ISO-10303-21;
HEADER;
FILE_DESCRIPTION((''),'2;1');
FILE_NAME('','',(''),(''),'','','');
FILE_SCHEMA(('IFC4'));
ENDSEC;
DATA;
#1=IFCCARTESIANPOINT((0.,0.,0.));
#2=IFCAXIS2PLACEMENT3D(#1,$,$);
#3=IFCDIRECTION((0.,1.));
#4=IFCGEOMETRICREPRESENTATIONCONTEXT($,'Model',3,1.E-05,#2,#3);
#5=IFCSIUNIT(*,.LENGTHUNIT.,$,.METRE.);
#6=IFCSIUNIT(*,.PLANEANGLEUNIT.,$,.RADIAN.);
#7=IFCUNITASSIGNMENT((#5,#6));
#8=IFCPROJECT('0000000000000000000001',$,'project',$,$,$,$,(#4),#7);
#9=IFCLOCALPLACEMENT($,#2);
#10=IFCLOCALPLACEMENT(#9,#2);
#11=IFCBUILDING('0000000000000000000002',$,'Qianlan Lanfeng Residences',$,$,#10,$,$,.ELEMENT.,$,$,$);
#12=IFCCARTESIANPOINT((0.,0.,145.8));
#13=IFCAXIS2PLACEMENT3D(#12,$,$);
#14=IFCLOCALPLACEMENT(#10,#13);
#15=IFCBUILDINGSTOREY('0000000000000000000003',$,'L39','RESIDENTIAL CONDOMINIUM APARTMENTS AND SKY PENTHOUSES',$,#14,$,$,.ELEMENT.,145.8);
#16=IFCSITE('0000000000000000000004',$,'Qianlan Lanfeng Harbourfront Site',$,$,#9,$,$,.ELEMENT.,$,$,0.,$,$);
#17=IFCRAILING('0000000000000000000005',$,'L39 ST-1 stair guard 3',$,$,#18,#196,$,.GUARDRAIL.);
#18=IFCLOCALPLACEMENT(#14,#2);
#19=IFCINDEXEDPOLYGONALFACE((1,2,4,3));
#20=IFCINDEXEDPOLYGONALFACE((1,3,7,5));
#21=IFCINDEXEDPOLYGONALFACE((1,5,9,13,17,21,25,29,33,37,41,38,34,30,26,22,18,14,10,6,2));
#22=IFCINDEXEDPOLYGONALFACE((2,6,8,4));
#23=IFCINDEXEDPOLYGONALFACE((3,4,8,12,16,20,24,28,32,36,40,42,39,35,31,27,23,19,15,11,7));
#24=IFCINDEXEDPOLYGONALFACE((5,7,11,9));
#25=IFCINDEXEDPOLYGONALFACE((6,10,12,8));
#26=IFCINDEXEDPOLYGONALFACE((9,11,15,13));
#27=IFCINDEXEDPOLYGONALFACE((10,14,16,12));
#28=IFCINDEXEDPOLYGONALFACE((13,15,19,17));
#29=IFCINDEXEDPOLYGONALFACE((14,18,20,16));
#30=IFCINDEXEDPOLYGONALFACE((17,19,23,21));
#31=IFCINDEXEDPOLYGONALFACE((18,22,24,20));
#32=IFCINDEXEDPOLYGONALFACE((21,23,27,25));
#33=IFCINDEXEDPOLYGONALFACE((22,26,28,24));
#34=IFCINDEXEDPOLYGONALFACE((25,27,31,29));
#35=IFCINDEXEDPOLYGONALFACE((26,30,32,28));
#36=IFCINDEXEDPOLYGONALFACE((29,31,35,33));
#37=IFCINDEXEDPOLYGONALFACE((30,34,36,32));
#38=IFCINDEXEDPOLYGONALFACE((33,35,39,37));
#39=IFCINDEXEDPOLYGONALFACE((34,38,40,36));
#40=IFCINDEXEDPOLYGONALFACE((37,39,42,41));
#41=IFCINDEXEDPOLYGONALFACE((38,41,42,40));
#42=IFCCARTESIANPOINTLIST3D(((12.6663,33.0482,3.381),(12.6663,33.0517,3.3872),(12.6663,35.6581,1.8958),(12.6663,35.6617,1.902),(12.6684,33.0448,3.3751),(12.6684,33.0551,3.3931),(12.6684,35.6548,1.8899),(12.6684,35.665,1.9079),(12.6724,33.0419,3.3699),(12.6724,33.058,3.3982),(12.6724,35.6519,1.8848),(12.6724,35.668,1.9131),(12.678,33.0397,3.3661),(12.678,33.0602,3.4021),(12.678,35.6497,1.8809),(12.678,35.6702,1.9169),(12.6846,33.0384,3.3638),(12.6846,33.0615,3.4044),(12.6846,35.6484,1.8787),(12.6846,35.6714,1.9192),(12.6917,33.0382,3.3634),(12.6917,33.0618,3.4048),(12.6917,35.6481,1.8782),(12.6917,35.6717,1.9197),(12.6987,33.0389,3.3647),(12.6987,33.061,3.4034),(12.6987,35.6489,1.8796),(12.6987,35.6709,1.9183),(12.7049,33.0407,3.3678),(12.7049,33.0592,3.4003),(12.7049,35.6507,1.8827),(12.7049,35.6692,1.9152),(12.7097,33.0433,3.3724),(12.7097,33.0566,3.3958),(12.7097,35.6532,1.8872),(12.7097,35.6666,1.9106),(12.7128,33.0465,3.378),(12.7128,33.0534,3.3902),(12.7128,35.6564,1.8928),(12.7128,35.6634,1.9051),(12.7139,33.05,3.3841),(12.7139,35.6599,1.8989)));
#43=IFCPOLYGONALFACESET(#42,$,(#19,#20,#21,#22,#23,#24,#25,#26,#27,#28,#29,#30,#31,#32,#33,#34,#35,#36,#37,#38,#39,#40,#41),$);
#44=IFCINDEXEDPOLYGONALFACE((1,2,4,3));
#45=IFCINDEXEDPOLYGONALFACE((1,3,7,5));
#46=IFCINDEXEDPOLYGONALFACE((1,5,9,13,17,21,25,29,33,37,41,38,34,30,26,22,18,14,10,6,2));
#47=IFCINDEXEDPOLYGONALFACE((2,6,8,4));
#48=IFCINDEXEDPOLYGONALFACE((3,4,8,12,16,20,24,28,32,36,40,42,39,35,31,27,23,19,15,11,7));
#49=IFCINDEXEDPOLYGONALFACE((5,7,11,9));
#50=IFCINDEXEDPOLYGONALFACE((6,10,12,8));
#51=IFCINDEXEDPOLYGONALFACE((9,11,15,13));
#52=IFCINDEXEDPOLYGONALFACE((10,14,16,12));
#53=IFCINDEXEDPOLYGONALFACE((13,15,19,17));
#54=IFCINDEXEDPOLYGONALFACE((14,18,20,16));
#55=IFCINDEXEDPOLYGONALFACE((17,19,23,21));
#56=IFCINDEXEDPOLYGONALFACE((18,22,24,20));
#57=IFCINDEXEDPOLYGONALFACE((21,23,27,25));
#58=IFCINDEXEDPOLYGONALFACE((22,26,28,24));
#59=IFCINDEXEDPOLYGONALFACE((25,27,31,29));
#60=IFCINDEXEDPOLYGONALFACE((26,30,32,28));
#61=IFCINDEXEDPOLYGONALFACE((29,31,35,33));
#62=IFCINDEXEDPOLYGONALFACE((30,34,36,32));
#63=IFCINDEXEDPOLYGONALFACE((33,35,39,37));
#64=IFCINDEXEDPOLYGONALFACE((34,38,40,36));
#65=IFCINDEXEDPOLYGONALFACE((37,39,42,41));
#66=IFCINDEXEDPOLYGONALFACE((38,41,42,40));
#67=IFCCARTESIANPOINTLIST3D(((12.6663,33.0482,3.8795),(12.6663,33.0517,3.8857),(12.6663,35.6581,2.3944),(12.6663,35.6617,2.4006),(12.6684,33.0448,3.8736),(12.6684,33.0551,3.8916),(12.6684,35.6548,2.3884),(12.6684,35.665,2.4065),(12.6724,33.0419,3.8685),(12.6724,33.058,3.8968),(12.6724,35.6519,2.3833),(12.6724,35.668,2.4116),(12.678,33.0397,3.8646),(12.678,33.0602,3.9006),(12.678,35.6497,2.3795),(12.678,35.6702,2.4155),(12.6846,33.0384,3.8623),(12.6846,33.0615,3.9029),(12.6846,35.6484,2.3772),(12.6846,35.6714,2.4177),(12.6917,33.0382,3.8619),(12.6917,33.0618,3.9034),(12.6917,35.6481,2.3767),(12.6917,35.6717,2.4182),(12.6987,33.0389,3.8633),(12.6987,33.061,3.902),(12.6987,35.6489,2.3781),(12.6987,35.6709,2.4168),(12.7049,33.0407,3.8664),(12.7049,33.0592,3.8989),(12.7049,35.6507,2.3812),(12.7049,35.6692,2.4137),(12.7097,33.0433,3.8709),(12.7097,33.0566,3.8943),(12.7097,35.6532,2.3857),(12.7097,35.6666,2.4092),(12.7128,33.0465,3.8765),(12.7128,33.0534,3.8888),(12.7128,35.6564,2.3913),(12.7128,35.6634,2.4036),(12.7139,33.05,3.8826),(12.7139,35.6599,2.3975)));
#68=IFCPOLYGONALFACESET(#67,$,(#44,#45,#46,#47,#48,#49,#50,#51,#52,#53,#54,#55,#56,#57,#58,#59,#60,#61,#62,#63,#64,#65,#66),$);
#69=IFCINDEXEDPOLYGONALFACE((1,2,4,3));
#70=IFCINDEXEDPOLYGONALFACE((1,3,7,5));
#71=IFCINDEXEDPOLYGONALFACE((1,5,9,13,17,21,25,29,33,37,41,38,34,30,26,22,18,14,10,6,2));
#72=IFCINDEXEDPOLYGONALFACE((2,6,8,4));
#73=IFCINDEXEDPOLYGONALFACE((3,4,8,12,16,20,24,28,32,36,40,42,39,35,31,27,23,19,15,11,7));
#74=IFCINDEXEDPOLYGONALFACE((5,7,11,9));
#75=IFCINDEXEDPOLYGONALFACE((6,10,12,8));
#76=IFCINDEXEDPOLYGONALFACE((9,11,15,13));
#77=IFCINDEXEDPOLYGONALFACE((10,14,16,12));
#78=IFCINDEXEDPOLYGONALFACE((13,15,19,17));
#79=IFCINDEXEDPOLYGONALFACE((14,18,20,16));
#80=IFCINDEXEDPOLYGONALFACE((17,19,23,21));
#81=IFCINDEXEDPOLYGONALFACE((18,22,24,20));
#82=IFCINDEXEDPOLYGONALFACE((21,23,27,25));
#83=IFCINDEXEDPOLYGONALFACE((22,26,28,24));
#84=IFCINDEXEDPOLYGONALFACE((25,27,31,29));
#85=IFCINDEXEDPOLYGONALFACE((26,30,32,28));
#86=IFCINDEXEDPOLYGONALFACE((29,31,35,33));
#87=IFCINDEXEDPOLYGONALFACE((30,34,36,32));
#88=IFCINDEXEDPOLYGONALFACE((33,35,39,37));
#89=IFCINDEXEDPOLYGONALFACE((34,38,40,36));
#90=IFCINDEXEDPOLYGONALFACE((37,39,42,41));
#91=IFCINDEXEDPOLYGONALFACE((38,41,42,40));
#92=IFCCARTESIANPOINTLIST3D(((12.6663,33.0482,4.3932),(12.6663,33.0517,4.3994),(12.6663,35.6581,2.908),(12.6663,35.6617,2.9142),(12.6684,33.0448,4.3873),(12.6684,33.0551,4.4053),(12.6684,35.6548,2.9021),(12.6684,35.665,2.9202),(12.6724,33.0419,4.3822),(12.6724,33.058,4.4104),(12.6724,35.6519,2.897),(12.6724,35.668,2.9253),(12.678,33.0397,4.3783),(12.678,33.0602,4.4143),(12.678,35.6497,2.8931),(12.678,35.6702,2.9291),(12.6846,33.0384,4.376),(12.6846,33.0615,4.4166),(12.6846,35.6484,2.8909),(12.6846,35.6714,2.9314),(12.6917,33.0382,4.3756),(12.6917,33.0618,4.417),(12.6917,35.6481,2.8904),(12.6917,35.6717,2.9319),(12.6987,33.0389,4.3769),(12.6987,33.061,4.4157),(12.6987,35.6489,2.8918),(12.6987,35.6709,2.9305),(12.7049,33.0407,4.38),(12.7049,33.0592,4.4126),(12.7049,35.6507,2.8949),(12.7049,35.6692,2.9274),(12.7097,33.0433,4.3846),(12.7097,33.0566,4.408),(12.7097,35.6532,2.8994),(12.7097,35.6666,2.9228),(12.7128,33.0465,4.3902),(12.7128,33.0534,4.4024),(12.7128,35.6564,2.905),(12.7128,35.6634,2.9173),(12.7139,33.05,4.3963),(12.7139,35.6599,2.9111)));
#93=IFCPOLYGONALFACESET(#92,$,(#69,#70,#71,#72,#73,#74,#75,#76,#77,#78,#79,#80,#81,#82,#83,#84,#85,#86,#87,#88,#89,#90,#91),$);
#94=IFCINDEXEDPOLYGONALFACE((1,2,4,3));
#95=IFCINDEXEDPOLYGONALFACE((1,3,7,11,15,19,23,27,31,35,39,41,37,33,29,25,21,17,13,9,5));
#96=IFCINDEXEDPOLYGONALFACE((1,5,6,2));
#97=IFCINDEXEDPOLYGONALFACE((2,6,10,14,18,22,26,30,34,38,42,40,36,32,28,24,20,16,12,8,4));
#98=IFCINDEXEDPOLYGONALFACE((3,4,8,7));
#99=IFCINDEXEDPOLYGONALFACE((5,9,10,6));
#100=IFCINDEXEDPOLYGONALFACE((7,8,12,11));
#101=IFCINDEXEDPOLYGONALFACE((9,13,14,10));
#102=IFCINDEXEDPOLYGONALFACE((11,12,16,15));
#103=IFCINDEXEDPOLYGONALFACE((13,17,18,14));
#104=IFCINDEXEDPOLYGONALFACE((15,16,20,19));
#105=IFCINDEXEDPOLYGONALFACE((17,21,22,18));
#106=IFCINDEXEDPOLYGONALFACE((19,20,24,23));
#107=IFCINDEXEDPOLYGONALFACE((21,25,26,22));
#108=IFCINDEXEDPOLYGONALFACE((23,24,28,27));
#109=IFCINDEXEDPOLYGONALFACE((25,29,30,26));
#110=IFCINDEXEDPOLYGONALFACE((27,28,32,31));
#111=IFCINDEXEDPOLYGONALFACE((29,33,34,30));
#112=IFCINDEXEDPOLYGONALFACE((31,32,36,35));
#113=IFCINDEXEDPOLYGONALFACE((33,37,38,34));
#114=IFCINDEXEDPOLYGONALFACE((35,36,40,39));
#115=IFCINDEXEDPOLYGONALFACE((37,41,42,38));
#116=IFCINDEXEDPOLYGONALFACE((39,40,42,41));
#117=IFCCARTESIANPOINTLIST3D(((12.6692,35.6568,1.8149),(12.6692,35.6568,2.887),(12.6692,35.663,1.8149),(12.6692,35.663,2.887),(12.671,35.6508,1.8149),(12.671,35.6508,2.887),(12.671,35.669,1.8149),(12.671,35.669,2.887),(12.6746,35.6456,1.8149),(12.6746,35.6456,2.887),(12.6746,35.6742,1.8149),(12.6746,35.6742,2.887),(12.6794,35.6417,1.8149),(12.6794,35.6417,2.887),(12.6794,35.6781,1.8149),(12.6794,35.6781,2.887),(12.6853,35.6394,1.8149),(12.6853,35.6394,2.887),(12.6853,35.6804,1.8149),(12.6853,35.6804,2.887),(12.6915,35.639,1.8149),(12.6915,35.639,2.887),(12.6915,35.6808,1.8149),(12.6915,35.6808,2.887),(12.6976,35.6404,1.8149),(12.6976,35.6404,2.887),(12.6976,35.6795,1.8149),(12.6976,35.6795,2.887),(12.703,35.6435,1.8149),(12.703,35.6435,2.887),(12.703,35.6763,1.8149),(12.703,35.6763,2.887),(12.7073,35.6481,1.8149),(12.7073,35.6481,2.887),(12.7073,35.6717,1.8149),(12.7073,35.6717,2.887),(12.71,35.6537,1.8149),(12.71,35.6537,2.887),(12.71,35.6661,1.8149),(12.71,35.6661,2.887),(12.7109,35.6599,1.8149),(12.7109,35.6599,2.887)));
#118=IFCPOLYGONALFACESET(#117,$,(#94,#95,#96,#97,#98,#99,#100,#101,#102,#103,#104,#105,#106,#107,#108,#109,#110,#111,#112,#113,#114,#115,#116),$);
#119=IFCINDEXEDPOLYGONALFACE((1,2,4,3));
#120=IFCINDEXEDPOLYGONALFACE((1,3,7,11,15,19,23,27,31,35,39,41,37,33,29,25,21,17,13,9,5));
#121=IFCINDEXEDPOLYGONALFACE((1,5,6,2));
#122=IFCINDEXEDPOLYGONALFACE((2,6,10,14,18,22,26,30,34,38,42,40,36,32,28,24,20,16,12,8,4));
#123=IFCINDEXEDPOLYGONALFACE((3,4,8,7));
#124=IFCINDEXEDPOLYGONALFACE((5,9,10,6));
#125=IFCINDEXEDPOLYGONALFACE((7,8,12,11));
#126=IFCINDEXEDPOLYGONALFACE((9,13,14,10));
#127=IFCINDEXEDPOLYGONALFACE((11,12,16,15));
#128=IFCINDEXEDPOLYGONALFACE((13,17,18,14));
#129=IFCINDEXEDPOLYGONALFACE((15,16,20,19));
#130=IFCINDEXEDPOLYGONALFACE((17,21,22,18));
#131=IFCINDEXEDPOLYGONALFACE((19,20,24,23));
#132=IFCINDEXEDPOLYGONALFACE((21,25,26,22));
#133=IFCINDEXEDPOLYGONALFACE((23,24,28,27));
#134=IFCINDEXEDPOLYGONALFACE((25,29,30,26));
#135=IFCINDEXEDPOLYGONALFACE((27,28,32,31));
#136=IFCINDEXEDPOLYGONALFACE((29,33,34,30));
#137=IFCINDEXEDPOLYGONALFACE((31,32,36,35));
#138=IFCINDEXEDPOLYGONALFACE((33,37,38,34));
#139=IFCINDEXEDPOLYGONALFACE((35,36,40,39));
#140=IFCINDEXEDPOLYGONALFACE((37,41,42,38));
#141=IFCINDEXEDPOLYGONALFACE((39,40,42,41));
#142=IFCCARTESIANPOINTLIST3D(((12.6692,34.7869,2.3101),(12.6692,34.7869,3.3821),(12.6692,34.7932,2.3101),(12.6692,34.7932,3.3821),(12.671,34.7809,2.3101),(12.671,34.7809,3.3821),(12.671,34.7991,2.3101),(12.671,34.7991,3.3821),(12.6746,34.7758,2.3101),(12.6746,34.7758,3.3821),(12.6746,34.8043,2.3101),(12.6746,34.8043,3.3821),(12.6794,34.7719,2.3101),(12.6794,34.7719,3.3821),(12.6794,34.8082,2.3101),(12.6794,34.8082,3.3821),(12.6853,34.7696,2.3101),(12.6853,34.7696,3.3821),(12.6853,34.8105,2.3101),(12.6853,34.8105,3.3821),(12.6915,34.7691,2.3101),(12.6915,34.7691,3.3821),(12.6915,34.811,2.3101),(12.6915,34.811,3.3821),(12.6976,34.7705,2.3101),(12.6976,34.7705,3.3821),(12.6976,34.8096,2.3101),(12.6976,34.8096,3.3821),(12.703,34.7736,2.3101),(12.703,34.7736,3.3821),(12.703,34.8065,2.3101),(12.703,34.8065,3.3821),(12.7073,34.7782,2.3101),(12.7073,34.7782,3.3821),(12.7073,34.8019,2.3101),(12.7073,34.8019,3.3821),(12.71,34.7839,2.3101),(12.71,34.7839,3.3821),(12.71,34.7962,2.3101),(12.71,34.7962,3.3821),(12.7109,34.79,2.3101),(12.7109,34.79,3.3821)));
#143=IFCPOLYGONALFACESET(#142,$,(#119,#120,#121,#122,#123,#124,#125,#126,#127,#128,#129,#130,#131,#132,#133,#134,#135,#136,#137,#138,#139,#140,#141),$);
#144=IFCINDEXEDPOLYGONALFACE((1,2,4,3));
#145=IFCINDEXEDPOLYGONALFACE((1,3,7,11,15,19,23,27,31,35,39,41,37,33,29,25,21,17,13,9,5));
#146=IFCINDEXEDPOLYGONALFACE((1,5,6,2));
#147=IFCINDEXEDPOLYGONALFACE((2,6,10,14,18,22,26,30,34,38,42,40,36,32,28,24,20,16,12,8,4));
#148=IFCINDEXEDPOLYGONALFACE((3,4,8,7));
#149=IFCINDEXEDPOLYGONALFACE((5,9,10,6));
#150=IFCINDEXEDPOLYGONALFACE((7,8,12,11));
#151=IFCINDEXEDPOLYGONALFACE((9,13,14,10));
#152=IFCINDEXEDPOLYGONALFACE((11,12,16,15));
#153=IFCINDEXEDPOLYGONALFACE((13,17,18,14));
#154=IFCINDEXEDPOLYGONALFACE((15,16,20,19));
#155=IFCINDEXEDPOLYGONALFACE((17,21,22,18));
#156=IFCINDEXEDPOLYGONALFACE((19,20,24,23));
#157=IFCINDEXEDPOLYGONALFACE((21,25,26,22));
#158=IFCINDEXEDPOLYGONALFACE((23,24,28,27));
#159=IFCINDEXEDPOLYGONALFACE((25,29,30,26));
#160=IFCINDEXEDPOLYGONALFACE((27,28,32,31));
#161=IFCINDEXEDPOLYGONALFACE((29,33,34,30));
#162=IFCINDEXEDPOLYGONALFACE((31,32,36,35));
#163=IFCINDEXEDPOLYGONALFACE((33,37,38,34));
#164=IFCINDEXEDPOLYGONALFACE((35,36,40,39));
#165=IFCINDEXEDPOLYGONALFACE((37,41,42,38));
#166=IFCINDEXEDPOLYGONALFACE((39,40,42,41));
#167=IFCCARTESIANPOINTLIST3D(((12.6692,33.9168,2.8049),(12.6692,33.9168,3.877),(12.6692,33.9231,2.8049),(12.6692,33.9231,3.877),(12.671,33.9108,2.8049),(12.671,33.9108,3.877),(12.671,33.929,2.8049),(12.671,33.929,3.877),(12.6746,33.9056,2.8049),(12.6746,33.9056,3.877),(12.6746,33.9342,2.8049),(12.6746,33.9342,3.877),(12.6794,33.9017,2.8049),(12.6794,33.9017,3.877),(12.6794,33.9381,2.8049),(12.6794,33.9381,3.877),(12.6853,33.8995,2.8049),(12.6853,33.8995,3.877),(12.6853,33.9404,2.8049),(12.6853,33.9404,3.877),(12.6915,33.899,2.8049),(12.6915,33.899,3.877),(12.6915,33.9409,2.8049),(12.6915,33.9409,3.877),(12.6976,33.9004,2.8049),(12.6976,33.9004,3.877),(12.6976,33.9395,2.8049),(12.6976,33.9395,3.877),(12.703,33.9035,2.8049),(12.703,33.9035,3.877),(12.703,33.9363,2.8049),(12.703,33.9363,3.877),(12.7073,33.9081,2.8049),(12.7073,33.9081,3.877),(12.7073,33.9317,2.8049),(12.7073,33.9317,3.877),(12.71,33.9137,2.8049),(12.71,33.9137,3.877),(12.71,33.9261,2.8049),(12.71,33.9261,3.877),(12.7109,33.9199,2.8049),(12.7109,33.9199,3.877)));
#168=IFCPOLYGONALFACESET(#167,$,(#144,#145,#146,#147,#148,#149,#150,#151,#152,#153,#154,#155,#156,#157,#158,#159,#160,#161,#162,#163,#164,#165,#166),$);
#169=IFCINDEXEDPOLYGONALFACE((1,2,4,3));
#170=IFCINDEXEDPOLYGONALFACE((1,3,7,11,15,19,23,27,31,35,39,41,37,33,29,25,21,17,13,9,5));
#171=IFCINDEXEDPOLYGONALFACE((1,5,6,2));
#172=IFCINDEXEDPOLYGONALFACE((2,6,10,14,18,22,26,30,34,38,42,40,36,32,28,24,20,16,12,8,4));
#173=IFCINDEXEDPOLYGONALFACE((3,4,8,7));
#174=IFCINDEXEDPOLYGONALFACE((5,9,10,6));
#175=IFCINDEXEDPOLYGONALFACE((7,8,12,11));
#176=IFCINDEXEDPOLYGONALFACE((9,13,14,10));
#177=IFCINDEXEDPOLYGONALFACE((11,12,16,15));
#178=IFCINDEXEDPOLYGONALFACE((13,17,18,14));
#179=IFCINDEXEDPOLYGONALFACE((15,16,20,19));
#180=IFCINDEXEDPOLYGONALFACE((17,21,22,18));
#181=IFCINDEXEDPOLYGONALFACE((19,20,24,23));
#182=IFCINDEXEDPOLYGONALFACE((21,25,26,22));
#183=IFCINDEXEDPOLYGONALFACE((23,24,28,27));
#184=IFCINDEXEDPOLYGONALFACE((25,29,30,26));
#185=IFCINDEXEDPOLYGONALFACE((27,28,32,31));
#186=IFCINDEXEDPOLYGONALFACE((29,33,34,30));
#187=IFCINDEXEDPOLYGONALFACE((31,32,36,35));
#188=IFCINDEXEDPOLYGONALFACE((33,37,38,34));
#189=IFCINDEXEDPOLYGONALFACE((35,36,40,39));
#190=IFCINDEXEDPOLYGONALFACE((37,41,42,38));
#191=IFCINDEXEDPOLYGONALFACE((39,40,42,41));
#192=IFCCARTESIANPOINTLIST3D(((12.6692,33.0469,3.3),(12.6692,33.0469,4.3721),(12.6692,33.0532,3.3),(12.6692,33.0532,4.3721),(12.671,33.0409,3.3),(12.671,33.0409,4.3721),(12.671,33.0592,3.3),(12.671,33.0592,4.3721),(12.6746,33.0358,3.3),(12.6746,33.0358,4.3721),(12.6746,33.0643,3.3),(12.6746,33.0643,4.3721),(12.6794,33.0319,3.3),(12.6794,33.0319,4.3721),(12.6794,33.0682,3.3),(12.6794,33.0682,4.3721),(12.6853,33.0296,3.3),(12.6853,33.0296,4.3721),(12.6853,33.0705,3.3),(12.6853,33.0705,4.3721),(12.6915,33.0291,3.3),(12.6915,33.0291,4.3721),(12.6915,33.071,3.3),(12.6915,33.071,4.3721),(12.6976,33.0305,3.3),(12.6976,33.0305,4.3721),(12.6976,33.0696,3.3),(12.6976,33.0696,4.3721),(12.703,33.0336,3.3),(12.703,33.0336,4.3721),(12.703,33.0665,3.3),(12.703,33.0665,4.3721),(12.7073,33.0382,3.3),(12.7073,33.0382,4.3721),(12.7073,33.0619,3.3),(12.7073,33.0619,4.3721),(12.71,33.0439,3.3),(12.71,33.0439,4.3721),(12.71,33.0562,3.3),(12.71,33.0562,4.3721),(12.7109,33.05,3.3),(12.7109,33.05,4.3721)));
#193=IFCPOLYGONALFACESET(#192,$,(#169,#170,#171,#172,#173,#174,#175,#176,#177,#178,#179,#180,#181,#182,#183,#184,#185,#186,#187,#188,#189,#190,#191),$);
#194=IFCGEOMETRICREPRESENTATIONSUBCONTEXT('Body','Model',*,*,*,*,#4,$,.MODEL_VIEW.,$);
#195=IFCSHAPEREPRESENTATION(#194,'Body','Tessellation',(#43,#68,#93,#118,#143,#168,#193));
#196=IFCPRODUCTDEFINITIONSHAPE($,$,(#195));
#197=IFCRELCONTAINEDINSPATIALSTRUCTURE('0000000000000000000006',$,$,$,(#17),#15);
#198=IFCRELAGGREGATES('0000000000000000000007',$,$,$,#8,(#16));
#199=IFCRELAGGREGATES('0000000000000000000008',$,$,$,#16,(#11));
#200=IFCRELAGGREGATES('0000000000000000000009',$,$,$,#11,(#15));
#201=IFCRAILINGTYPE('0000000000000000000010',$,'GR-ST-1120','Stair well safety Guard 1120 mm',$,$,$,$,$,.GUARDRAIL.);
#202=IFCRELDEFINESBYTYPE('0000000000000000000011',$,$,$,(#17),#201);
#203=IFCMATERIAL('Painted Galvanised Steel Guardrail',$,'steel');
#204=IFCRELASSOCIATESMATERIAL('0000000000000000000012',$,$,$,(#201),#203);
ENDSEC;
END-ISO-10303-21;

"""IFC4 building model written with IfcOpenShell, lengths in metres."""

from ifc_helpers import new_model, si_unit, direction, frame, origin, origin_2d, place, context, subcontext, project, spatial, circle, extrude, material, type_object, element, save


model = new_model("IFC4")

# Units and contexts
model_context = context("Model", 3, precision=1e-05, world=origin(), true_north=direction((0.0, 1.0)))
body_context = subcontext(model_context, "Body", "Model", "MODEL_VIEW")
ifc_project = project(units=[si_unit("LENGTHUNIT", "METRE"), si_unit("PLANEANGLEUNIT", "RADIAN")], contexts=[model_context])

# Site, building, storey
site_placement = place(None, origin())
site = spatial("IfcSite", under=ifc_project, at=site_placement, Name="Qianlan Lanfeng Harbourfront Site", CompositionType="ELEMENT", RefElevation=0.0)
building_placement = place(site_placement, origin())
building = spatial("IfcBuilding", under=site, at=building_placement, Name="Qianlan Lanfeng Residences", CompositionType="ELEMENT")
storey_placement = place(building_placement, frame((0.0, 0.0, 145.8)))
storey = spatial("IfcBuildingStorey", under=building, at=storey_placement, Name="L39", Description="RESIDENTIAL CONDOMINIUM APARTMENTS AND SKY PENTHOUSES", CompositionType="ELEMENT", Elevation=145.8)

# Railing
ifc_material_1 = material(Name="Painted Galvanised Steel Guardrail", Category="steel")
railing_type_1 = type_object("IfcRailingType", Name="GR-ST-1120", Description="Stair well safety Guard 1120 mm", PredefinedType="GUARDRAIL", material=ifc_material_1)
railing_1_placement = place(storey_placement, frame((12.6899, 35.6599, 1.8149)))
element("IfcRailing", 1, at=railing_1_placement, inside=storey, type_object=railing_type_1, Name="L39 ST-1 stair guard 3", PredefinedType="GUARDRAIL", context=body_context, shape_type="SweptSolid", body=[
    extrude(circle(Radius=0.0239, at=origin_2d()), frame((0.0, 0.0, 0.084), z_axis=(0.0, -0.869137, 0.494571), x_axis=(1.0, 0.0, 0.0)), (0.0, 0.0, 1.0), 3.0029),
    extrude(circle(Radius=0.0239, at=origin_2d()), frame((0.0, 0.0, 0.5825), z_axis=(0.0, -0.869137, 0.494571), x_axis=(1.0, 0.0, 0.0)), (0.0, 0.0, 1.0), 3.0029),
    extrude(circle(Radius=0.0239, at=origin_2d()), frame((0.0, 0.0, 1.0962), z_axis=(0.0, -0.869137, 0.494571), x_axis=(1.0, 0.0, 0.0)), (0.0, 0.0, 1.0), 3.0029),
    extrude(circle(Radius=0.021, at=origin_2d()), origin(), (0.0, 0.0, 1.0), 1.072),
    extrude(circle(Radius=0.021, at=origin_2d()), frame((0.0, -0.8699, 0.4951)), (0.0, 0.0, 1.0), 1.072),
    extrude(circle(Radius=0.021, at=origin_2d()), frame((0.0, -1.74, 0.99)), (0.0, 0.0, 1.0), 1.072),
    extrude(circle(Radius=0.021, at=origin_2d()), frame((0.0, -2.6099, 1.4851)), (0.0, 0.0, 1.0), 1.072),
])

save(model, "model.ifc")
